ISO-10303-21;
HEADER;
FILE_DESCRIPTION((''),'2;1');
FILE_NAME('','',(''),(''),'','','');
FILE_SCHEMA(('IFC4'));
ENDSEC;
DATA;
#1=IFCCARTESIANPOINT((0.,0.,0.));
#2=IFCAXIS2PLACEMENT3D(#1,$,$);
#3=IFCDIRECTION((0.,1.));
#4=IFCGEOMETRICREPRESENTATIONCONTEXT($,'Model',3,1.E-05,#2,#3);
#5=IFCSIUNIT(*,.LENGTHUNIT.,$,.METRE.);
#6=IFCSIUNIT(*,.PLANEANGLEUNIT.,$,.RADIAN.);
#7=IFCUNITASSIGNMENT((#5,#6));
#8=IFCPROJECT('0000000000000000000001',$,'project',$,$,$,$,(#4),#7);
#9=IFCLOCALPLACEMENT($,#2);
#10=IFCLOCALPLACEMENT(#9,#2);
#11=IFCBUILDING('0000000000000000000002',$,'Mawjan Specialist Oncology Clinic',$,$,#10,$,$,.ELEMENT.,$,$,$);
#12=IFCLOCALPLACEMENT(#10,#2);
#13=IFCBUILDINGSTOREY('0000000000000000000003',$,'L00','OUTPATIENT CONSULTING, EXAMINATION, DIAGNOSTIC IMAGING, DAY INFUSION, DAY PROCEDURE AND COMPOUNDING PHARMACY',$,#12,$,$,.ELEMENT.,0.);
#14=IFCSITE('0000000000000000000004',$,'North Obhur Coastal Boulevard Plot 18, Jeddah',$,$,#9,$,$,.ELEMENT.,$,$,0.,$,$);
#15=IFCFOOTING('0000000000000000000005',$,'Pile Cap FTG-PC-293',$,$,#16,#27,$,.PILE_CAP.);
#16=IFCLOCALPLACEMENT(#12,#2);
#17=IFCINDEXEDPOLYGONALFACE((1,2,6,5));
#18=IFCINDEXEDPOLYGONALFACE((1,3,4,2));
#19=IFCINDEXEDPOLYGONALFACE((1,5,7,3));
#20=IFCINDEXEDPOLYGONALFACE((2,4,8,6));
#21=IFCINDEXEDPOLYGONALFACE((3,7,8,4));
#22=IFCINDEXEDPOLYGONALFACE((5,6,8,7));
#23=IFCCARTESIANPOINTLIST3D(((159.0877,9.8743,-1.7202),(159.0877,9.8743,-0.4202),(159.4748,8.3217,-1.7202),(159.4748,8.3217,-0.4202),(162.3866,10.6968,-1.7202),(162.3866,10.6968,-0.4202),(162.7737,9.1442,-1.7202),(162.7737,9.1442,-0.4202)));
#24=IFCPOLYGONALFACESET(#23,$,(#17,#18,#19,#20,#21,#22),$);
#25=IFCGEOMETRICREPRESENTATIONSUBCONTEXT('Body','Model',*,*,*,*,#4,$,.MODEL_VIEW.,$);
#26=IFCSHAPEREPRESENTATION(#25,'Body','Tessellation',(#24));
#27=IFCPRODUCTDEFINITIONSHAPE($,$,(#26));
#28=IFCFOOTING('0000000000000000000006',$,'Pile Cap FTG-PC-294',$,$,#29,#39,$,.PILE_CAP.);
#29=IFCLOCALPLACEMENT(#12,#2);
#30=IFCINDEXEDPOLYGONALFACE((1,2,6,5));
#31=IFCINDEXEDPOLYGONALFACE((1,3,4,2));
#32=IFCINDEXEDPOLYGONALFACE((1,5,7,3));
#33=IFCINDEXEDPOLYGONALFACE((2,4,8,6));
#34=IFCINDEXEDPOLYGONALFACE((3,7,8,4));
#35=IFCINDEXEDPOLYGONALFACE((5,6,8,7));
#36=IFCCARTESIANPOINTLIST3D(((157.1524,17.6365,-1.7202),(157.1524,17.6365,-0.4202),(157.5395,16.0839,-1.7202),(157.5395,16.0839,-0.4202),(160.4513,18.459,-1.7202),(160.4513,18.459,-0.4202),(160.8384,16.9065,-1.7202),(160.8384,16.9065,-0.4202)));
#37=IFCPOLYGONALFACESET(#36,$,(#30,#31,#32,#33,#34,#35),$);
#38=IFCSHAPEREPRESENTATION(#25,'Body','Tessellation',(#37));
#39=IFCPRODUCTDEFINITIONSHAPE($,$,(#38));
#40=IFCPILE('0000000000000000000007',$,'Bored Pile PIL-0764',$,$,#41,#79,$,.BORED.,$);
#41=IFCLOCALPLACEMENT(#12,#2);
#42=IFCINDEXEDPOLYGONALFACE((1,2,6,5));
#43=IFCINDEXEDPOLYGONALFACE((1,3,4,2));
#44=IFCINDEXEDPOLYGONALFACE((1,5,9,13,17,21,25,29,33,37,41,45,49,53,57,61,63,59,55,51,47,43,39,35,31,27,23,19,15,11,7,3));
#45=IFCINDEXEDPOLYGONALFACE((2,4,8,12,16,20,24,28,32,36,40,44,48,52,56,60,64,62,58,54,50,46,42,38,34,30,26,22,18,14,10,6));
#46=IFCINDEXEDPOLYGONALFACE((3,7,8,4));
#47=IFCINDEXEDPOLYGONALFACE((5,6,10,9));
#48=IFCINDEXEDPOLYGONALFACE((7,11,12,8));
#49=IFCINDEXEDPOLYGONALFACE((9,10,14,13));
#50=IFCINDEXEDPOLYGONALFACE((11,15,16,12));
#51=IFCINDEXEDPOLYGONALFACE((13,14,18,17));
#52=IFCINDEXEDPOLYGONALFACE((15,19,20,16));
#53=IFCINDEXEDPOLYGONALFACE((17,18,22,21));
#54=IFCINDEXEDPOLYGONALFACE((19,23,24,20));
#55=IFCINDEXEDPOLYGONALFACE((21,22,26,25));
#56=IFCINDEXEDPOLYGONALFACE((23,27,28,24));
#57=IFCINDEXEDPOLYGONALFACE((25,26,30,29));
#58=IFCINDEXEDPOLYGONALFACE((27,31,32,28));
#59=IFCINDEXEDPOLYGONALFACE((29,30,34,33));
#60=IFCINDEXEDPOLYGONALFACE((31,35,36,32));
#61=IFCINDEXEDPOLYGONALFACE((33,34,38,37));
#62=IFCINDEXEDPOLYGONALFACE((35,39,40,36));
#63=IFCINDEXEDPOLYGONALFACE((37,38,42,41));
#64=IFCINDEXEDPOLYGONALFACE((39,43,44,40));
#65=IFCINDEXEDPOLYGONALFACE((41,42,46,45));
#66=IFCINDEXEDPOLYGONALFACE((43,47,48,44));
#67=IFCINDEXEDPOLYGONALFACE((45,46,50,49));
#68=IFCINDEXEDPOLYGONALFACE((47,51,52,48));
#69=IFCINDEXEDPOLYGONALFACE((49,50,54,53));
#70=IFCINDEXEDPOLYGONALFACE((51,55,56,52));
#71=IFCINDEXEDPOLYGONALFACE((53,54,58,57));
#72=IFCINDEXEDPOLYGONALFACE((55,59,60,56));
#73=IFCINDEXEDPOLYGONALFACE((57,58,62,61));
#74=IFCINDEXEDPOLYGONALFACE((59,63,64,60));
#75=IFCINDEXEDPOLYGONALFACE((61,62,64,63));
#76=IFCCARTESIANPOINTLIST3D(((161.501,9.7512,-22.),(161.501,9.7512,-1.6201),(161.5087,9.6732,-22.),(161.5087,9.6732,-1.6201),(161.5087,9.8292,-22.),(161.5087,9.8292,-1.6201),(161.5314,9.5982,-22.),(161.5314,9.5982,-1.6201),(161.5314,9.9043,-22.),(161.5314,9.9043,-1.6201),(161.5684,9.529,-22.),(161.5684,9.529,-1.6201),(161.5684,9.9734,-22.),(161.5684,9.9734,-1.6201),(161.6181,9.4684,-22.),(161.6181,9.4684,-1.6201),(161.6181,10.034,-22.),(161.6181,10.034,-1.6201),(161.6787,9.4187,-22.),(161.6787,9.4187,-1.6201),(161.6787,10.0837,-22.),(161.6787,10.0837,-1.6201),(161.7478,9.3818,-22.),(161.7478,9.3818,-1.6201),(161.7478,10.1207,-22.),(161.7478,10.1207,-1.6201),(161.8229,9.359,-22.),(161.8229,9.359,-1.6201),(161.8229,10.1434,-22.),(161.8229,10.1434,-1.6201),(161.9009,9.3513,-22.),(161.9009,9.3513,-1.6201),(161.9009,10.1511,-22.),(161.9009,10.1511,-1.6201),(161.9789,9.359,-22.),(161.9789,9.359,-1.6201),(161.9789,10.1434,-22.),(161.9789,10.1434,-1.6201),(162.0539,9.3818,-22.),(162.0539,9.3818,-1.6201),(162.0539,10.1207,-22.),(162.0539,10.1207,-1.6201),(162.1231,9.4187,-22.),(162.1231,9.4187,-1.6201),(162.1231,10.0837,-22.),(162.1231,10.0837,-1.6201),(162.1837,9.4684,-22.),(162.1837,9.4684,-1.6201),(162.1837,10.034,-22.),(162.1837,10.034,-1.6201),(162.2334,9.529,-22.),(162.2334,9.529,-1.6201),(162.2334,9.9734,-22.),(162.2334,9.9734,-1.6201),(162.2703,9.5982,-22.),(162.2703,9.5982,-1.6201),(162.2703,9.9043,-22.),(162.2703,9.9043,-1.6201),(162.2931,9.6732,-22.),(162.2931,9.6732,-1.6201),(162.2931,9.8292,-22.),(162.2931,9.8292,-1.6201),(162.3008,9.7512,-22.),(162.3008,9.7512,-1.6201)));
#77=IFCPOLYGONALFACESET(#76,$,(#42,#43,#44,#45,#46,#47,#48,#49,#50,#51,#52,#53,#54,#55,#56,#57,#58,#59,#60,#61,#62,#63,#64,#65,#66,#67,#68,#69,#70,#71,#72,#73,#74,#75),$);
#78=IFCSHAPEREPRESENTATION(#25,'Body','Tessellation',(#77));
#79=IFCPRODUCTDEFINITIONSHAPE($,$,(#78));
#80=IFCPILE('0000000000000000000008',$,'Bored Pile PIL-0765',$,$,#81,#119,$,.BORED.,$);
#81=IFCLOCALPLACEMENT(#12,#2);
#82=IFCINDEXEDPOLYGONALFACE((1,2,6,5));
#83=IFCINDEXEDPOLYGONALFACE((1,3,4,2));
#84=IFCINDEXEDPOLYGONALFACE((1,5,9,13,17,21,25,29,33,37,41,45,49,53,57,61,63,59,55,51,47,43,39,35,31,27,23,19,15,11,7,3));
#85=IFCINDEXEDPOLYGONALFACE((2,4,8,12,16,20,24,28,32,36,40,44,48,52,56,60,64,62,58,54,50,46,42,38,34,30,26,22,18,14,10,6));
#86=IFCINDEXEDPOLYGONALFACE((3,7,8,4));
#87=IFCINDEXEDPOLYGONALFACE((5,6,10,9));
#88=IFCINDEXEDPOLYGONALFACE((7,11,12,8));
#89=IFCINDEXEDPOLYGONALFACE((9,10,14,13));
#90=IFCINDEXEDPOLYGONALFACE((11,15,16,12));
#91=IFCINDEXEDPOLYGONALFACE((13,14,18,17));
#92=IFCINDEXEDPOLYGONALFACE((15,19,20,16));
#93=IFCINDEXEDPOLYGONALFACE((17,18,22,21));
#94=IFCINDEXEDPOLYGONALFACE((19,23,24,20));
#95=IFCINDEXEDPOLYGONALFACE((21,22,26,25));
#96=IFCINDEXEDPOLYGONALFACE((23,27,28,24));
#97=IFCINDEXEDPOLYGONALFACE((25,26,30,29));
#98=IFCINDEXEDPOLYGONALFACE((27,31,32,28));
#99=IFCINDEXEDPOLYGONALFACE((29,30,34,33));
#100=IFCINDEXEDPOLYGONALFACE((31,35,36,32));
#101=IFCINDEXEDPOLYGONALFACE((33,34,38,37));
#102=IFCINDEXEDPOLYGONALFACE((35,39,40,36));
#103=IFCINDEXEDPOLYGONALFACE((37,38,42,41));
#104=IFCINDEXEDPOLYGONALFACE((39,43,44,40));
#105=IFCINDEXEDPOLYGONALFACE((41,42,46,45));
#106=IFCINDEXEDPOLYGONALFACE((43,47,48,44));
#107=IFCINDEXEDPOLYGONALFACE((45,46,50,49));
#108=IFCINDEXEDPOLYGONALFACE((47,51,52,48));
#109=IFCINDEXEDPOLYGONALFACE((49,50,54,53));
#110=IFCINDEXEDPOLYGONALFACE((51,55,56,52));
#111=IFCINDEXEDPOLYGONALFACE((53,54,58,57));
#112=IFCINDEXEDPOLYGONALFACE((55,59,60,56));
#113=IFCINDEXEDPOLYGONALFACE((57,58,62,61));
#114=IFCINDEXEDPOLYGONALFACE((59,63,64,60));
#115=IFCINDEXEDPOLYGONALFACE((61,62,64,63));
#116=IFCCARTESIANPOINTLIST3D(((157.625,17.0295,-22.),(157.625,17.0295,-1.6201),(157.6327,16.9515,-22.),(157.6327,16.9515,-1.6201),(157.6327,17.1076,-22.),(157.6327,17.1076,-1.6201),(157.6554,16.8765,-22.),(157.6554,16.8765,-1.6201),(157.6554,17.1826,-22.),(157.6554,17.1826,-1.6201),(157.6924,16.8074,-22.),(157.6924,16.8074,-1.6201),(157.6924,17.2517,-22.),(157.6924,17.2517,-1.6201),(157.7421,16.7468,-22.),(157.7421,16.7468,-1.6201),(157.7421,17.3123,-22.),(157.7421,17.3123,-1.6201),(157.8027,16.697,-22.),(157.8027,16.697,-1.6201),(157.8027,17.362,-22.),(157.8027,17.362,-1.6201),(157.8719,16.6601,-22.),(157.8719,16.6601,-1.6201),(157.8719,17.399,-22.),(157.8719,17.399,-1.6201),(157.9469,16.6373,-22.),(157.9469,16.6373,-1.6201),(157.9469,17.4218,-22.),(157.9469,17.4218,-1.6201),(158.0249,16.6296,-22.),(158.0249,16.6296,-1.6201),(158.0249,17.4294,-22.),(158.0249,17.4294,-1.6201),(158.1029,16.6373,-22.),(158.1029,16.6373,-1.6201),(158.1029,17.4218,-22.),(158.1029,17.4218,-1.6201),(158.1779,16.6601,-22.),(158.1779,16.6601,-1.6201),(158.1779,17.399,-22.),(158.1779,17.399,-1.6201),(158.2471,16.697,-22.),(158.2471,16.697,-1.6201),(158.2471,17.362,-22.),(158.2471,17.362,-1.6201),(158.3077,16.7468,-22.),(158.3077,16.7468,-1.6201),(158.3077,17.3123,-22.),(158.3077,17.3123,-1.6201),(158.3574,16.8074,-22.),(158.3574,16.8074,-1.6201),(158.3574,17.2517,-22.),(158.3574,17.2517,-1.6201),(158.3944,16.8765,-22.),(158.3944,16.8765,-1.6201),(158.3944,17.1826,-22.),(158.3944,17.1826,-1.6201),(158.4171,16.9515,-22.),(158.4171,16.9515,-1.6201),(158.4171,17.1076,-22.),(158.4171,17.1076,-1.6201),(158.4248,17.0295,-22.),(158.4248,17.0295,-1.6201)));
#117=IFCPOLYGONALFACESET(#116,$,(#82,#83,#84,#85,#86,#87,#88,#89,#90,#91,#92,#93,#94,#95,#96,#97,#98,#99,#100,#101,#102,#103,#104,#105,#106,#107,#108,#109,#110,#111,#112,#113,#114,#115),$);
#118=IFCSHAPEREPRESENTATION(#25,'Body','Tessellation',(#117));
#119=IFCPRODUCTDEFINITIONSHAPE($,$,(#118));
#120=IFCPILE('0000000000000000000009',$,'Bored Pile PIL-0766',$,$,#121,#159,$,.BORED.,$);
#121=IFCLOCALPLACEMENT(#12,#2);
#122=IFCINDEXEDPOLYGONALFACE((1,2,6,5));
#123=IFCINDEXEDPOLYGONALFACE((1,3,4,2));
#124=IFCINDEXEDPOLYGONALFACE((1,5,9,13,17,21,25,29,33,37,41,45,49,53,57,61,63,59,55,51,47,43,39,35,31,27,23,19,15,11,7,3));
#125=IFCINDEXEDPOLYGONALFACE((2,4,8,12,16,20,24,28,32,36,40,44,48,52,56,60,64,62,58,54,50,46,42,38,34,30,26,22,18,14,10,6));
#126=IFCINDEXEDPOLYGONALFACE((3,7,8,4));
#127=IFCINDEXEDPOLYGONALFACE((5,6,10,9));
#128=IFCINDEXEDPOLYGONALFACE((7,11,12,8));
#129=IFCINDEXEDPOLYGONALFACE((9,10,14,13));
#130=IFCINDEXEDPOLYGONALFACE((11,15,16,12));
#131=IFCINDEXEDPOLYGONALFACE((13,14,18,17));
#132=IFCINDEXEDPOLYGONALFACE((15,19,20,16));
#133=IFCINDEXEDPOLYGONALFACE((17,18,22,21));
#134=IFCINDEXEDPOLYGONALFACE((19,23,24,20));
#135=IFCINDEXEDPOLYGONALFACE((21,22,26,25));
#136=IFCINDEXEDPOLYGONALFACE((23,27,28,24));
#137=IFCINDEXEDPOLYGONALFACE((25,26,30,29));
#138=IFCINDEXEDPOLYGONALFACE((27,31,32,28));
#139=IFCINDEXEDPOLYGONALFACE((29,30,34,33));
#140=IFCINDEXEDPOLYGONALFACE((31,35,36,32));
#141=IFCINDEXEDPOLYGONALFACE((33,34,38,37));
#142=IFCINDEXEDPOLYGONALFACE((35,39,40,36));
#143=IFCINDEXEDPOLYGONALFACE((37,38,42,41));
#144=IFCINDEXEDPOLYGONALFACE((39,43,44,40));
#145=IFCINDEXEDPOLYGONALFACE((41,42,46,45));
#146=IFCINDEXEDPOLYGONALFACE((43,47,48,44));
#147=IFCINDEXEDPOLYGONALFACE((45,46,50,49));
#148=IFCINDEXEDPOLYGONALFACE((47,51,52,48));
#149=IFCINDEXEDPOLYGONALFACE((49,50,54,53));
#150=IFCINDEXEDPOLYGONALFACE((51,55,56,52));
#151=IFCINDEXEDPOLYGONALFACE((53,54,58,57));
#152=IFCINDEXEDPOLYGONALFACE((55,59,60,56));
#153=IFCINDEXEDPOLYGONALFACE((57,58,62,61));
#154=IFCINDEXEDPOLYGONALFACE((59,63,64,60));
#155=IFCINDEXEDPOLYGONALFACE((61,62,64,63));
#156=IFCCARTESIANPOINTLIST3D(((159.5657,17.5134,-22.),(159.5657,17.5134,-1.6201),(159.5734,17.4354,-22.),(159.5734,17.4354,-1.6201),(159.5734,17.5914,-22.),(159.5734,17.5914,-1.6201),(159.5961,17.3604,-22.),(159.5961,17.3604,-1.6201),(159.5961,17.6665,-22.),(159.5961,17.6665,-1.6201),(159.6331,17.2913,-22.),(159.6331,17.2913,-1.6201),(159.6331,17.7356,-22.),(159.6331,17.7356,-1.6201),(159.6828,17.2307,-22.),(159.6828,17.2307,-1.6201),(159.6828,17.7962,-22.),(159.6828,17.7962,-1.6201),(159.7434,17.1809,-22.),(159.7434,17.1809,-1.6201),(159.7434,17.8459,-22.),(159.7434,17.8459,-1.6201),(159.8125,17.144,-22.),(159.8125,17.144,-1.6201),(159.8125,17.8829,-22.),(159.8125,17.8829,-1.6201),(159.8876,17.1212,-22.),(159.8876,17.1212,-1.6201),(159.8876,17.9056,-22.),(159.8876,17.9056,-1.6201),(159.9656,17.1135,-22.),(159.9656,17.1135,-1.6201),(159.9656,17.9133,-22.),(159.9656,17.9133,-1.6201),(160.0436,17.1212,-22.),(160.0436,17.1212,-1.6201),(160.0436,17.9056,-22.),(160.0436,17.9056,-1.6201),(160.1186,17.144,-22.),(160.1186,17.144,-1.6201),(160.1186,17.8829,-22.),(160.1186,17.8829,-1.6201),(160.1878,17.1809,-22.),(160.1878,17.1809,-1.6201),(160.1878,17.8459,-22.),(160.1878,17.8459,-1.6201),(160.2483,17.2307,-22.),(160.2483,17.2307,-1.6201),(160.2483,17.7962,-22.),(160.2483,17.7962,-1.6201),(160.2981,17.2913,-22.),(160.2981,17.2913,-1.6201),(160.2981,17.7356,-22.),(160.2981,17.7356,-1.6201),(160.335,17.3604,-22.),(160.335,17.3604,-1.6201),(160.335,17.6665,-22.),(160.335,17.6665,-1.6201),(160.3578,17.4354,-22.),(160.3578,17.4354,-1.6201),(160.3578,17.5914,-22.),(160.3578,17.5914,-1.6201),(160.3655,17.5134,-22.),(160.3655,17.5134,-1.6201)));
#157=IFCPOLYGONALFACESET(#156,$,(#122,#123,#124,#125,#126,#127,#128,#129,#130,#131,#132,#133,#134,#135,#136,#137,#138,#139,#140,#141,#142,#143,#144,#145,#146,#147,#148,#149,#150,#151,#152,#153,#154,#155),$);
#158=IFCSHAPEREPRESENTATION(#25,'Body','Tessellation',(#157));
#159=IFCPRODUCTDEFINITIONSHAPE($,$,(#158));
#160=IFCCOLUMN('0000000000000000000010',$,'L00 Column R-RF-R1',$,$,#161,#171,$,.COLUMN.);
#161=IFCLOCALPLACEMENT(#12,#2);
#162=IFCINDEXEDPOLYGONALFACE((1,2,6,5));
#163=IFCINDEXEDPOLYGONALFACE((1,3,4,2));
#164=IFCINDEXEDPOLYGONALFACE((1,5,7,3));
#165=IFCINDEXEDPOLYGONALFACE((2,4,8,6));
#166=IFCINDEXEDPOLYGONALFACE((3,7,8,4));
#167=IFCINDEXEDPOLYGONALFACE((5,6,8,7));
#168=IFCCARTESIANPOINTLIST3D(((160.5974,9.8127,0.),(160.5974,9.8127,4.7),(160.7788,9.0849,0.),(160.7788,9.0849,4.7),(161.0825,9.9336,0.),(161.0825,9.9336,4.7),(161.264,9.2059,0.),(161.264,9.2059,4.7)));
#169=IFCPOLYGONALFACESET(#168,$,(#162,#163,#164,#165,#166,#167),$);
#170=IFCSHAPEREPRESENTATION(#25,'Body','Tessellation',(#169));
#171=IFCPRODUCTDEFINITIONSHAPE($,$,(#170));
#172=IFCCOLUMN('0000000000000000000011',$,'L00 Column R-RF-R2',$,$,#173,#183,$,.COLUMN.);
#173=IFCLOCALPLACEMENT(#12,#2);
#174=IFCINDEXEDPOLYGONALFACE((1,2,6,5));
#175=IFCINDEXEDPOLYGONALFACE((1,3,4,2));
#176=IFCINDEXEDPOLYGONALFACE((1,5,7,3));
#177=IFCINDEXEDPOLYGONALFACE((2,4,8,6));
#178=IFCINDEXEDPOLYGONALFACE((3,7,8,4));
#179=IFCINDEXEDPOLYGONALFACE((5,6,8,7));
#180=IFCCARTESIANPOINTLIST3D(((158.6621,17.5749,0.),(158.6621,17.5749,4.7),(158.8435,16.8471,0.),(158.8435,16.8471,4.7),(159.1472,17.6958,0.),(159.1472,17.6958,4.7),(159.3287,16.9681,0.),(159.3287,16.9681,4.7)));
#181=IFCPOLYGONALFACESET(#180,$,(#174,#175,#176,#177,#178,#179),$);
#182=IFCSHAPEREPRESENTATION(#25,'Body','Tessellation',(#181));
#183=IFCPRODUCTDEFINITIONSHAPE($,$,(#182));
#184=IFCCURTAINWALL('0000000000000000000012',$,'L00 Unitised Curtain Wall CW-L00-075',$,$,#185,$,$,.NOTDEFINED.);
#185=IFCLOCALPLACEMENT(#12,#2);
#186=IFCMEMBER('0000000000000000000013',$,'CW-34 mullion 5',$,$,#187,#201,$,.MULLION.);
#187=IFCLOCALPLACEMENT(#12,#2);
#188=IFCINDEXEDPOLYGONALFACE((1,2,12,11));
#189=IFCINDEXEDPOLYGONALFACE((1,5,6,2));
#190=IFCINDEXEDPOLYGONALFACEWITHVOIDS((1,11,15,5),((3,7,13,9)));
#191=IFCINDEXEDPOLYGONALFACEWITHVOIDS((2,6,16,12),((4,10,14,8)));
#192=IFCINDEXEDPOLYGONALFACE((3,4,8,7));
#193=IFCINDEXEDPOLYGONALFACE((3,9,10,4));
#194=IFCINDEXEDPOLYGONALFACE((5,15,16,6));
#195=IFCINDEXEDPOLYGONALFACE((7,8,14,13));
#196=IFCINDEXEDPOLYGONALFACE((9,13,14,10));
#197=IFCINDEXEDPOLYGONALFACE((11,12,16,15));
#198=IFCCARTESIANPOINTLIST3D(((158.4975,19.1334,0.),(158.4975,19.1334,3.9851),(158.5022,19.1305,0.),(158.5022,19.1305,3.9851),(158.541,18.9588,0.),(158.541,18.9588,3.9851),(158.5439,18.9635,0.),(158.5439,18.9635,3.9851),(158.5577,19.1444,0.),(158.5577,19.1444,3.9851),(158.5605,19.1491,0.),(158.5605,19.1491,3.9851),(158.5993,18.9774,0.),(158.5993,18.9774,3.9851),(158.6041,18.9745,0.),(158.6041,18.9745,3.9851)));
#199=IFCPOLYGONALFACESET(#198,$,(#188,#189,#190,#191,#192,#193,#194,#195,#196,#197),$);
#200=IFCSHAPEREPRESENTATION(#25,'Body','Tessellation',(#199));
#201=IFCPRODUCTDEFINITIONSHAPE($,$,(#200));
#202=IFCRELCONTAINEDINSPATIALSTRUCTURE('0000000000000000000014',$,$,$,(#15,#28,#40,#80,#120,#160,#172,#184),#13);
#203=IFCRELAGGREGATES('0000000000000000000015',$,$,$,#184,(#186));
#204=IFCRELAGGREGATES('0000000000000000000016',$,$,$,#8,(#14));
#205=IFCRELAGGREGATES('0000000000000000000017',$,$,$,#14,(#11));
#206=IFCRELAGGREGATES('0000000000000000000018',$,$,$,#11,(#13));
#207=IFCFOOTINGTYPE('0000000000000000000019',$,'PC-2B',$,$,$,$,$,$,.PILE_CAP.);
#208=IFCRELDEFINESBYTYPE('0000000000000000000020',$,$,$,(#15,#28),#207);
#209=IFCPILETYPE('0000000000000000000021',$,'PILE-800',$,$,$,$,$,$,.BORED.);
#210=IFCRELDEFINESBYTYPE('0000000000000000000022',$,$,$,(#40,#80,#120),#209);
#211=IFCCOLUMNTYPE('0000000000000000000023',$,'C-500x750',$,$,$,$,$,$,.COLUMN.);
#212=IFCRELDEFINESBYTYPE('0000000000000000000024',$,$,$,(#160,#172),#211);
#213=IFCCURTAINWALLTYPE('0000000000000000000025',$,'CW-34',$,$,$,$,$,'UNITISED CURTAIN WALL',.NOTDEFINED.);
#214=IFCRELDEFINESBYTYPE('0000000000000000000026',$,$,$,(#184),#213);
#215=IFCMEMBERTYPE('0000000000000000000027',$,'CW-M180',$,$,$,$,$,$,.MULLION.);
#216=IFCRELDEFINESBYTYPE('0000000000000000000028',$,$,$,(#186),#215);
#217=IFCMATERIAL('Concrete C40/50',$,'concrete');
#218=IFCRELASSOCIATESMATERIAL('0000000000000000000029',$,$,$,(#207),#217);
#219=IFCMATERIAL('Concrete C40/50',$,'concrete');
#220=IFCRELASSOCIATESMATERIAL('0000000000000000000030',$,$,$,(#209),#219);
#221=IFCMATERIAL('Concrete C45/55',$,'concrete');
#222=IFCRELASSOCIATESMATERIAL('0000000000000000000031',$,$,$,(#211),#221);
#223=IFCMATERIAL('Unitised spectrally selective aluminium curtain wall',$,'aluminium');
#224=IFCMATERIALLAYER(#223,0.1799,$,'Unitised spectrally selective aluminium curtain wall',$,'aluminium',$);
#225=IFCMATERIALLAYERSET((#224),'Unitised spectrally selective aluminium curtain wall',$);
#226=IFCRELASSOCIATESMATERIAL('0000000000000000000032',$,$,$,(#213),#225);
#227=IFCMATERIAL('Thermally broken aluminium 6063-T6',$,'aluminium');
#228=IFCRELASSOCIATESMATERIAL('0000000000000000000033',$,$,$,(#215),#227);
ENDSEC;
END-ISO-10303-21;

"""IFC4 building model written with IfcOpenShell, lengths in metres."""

from ifc_helpers import new_model, si_unit, direction, frame, origin, origin_2d, place, context, subcontext, project, spatial, rectangle, hollow_rectangle, circle, extrude, material, layer, layer_set, material_profile, profile_set, type_object, element, aggregate, save


model = new_model("IFC4")

# Units and contexts
model_context = context("Model", 3, precision=1e-05, world=origin(), true_north=direction((0.0, 1.0)))
body_context = subcontext(model_context, "Body", "Model", "MODEL_VIEW")
ifc_project = project(units=[si_unit("LENGTHUNIT", "METRE"), si_unit("PLANEANGLEUNIT", "RADIAN")], contexts=[model_context])

# Site, building, storey
site_placement = place(None, origin())
site = spatial("IfcSite", under=ifc_project, at=site_placement, Name="North Obhur Coastal Boulevard Plot 18, Jeddah", CompositionType="ELEMENT", RefElevation=0.0)
building_placement = place(site_placement, origin())
building = spatial("IfcBuilding", under=site, at=building_placement, Name="Mawjan Specialist Oncology Clinic", CompositionType="ELEMENT")
storey_placement = place(building_placement, origin())
storey = spatial("IfcBuildingStorey", under=building, at=storey_placement, Name="L00", Description="OUTPATIENT CONSULTING, EXAMINATION, DIAGNOSTIC IMAGING, DAY INFUSION, DAY PROCEDURE AND COMPOUNDING PHARMACY", CompositionType="ELEMENT", Elevation=0.0)

# Footings
ifc_material_1 = material(Name="Concrete C40/50", Category="concrete")
footing_type = type_object("IfcFootingType", Name="PC-2B", PredefinedType="PILE_CAP", material=ifc_material_1)
for number, where, z_axis, x_axis, name in (
    (1, (160.9307, 9.5093, -1.7202), (0.0, 0.0, 1.0), (0.970296, 0.241922, 0.0), "Pile Cap FTG-PC-293"),
    (2, (158.9954, 17.2715, -1.7202), (0.0, 0.0, 1.0), (0.970296, 0.241922, 0.0), "Pile Cap FTG-PC-294"),
):
    element("IfcFooting", number, at=place(storey_placement, frame(where, z_axis=z_axis, x_axis=x_axis)), inside=storey, type_object=footing_type, Name=name, PredefinedType="PILE_CAP", context=body_context, shape_type="SweptSolid", body=[
        extrude(rectangle(XDim=3.3999, YDim=1.6001, at=origin_2d()), origin(), (0.0, 0.0, 1.0), 1.3),
    ])

# Piles
ifc_material_2 = material(Name="Concrete C40/50", Category="concrete")
ifc_material_profile_1 = material_profile(ifc_material_2, circle(Radius=0.3999, at=origin_2d()), Name="BORED PILE D800", Category="concrete")
ifc_profile_set_1 = profile_set([ifc_material_profile_1], Name="Concrete C40/50")
pile_type = type_object("IfcPileType", Name="PILE-800", PredefinedType="BORED", material=ifc_profile_set_1)
for number, where, z_axis, x_axis, name in (
    (3, (161.9009, 9.7512, -1.6201), (0.0, 0.0, -1.0), (1.0, 0.0, 0.0), "Bored Pile PIL-0764"),
    (4, (158.0249, 17.0295, -1.6201), (0.0, 0.0, -1.0), (1.0, 0.0, 0.0), "Bored Pile PIL-0765"),
    (5, (159.9656, 17.5134, -1.6201), (0.0, 0.0, -1.0), (1.0, 0.0, 0.0), "Bored Pile PIL-0766"),
):
    element("IfcPile", number, at=place(storey_placement, frame(where, z_axis=z_axis, x_axis=x_axis)), inside=storey, type_object=pile_type, Name=name, PredefinedType="BORED", context=body_context, shape_type="SweptSolid", body=[
        extrude(circle(Radius=0.3999, at=origin_2d()), origin(), (0.0, 0.0, 1.0), 20.3799),
    ])

# Columns
ifc_material_3 = material(Name="Concrete C45/55", Category="concrete")
ifc_material_profile_2 = material_profile(ifc_material_3, rectangle(XDim=0.5, YDim=0.75, at=origin_2d()), Name="RC COL 500x750", Category="concrete")
ifc_profile_set_2 = profile_set([ifc_material_profile_2], Name="Concrete C45/55")
column_type = type_object("IfcColumnType", Name="C-500x750", PredefinedType="COLUMN", material=ifc_profile_set_2)
for number, where, z_axis, x_axis, name in (
    (6, (160.9307, 9.5093, 0.0), (0.0, 0.0, 1.0), (0.970296, 0.241922, 0.0), "L00 Column R-RF-R1"),
    (7, (158.9954, 17.2715, 0.0), (0.0, 0.0, 1.0), (0.970296, 0.241922, 0.0), "L00 Column R-RF-R2"),
):
    element("IfcColumn", number, at=place(storey_placement, frame(where, z_axis=z_axis, x_axis=x_axis)), inside=storey, type_object=column_type, Name=name, PredefinedType="COLUMN", context=body_context, shape_type="SweptSolid", body=[
        extrude(rectangle(XDim=0.5, YDim=0.75, at=origin_2d()), origin(), (0.0, 0.0, 1.0), 4.7),
    ])

# Curtain wall, member
ifc_material_4 = material(Name="Unitised spectrally selective aluminium curtain wall", Category="aluminium")
ifc_layer_1 = layer(ifc_material_4, 0.1799, Name="Unitised spectrally selective aluminium curtain wall", Category="aluminium")
ifc_layer_set_1 = layer_set([ifc_layer_1], Name="Unitised spectrally selective aluminium curtain wall")
curtain_wall_type_1 = type_object("IfcCurtainWallType", Name="CW-34", ElementType="UNITISED CURTAIN WALL", PredefinedType="NOTDEFINED", material=ifc_layer_set_1)
curtain_wall_1_placement = place(storey_placement, origin())
curtain_wall_1 = element("IfcCurtainWall", 8, at=curtain_wall_1_placement, inside=storey, type_object=curtain_wall_type_1, Name="L00 Unitised Curtain Wall CW-L00-075", PredefinedType="NOTDEFINED")
ifc_material_5 = material(Name="Thermally broken aluminium 6063-T6", Category="aluminium")
ifc_material_profile_3 = material_profile(ifc_material_5, hollow_rectangle(XDim=0.0649, YDim=0.1799, WallThickness=0.0039, at=origin_2d()), Name="ALU MULLION 180x65x4", Category="aluminium")
ifc_profile_set_3 = profile_set([ifc_material_profile_3], Name="Thermally broken aluminium 6063-T6")
member_type_1 = type_object("IfcMemberType", Name="CW-M180", PredefinedType="MULLION", material=ifc_profile_set_3)
member_1_placement = place(storey_placement, frame((158.5508, 19.054, 0.0), z_axis=(0.0, 0.0, 1.0), x_axis=(0.970296, 0.241922, 0.0)))
member_1 = element("IfcMember", 9, at=member_1_placement, type_object=member_type_1, Name="CW-34 mullion 5", PredefinedType="MULLION", context=body_context, shape_type="SweptSolid", body=[
    extrude(hollow_rectangle(XDim=0.0649, YDim=0.1799, WallThickness=0.0039, at=origin_2d()), origin(), (0.0, 0.0, 1.0), 3.9851),
])

aggregate(curtain_wall_1, [member_1])

save(model, "model.ifc")
